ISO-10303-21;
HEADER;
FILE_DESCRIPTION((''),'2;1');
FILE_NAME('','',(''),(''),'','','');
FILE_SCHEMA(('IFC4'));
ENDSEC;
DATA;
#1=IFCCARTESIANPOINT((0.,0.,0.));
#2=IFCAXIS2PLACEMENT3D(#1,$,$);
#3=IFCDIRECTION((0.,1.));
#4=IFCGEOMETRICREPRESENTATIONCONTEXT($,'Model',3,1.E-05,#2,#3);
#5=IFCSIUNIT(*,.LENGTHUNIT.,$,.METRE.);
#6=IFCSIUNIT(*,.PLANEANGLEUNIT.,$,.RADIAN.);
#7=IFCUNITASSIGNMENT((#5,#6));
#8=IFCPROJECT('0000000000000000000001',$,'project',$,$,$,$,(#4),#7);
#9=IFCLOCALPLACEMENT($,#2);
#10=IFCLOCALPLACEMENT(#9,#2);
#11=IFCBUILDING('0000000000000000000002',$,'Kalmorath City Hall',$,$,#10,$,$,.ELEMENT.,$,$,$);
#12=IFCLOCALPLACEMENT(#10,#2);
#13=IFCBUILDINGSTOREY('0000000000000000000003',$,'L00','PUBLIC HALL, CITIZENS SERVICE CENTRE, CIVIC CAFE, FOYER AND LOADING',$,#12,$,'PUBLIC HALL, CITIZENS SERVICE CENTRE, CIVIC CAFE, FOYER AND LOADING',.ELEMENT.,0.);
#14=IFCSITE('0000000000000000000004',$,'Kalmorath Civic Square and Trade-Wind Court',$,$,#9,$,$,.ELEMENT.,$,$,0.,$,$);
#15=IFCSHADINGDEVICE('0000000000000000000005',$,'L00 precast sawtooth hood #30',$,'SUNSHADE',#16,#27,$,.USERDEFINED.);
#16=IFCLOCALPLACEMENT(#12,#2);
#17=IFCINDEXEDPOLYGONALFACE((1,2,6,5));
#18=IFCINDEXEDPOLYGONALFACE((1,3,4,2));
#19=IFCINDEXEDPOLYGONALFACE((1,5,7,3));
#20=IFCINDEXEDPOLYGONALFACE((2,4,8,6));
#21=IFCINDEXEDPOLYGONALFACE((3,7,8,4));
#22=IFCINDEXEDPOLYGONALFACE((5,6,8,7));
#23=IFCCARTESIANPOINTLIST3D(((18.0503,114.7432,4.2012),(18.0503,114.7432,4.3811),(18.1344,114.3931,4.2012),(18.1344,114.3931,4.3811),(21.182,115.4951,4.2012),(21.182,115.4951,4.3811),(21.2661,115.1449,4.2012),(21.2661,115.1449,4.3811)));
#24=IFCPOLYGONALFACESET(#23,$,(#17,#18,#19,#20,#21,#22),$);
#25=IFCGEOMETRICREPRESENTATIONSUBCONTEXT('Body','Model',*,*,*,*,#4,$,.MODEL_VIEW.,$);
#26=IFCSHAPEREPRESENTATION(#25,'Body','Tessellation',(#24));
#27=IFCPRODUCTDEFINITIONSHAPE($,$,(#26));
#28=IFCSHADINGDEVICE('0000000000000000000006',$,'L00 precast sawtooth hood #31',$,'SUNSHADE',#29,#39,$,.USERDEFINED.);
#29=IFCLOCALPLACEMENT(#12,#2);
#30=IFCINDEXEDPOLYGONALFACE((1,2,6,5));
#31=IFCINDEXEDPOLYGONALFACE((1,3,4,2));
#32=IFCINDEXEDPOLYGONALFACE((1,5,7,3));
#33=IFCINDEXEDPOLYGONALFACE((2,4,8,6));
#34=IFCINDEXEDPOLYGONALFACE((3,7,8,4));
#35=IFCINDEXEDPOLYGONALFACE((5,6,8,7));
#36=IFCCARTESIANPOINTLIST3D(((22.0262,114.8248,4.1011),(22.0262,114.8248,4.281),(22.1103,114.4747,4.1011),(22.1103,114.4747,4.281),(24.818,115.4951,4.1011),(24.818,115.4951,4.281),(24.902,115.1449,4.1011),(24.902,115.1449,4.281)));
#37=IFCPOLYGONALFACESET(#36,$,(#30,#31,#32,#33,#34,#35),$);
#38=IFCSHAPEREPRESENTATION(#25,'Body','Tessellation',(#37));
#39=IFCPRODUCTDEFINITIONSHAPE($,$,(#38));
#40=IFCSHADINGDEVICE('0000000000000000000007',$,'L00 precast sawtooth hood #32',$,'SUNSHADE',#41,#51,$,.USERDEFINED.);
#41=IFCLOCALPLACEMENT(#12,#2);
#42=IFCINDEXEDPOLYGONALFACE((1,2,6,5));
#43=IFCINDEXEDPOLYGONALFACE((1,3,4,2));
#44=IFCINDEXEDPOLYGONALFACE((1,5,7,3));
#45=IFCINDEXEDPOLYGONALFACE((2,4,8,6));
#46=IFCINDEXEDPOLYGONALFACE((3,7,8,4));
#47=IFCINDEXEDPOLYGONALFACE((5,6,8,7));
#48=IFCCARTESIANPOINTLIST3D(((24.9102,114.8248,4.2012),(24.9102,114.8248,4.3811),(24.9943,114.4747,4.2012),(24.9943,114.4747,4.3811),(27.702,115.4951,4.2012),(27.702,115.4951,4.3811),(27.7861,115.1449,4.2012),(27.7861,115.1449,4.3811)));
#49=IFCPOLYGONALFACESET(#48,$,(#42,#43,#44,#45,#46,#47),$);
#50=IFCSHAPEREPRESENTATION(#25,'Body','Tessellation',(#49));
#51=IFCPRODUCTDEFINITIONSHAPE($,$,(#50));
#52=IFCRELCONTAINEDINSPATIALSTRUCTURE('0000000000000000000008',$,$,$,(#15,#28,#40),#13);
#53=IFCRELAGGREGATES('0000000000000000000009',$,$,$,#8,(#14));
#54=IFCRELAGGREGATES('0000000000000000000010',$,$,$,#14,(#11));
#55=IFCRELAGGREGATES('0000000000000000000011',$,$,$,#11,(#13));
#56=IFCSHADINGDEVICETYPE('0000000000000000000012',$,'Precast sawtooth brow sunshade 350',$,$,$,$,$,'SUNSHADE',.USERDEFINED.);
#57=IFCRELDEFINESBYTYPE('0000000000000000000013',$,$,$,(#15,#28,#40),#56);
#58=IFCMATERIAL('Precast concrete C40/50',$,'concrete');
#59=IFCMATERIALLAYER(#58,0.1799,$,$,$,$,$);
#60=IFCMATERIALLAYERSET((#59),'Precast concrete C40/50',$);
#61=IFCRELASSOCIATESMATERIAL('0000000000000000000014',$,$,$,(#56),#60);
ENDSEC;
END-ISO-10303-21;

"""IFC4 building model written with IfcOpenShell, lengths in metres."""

from ifc_helpers import new_model, si_unit, direction, frame, origin, origin_2d, place, context, subcontext, project, spatial, rectangle, extrude, material, layer, layer_set, type_object, element, save


model = new_model("IFC4")

# Units and contexts
model_context = context("Model", 3, precision=1e-05, world=origin(), true_north=direction((0.0, 1.0)))
body_context = subcontext(model_context, "Body", "Model", "MODEL_VIEW")
ifc_project = project(units=[si_unit("LENGTHUNIT", "METRE"), si_unit("PLANEANGLEUNIT", "RADIAN")], contexts=[model_context])

# Site, building, storey
site_placement = place(None, origin())
site = spatial("IfcSite", under=ifc_project, at=site_placement, Name="Kalmorath Civic Square and Trade-Wind Court", CompositionType="ELEMENT", RefElevation=0.0)
building_placement = place(site_placement, origin())
building = spatial("IfcBuilding", under=site, at=building_placement, Name="Kalmorath City Hall", CompositionType="ELEMENT")
storey_placement = place(building_placement, origin())
storey = spatial("IfcBuildingStorey", under=building, at=storey_placement, Name="L00", Description="PUBLIC HALL, CITIZENS SERVICE CENTRE, CIVIC CAFE, FOYER AND LOADING", LongName="PUBLIC HALL, CITIZENS SERVICE CENTRE, CIVIC CAFE, FOYER AND LOADING", CompositionType="ELEMENT", Elevation=0.0)

# Shading devices
ifc_material_1 = material(Name="Precast concrete C40/50", Category="concrete")
ifc_layer_1 = layer(ifc_material_1, 0.1799)
ifc_layer_set_1 = layer_set([ifc_layer_1], Name="Precast concrete C40/50")
shading_device_type = type_object("IfcShadingDeviceType", Name="Precast sawtooth brow sunshade 350", ElementType="SUNSHADE", PredefinedType="USERDEFINED", material=ifc_layer_set_1)
for number, where, z_axis, x_axis, name in (
    (1, (19.6582, 114.9441, 4.2012), (0.0, 0.0, 1.0), (0.97237, 0.233445, 0.0), "L00 precast sawtooth hood #30"),
):
    element("IfcShadingDevice", number, at=place(storey_placement, frame(where, z_axis=z_axis, x_axis=x_axis)), inside=storey, type_object=shading_device_type, Name=name, ObjectType="SUNSHADE", PredefinedType="USERDEFINED", context=body_context, shape_type="SweptSolid", body=[
        extrude(rectangle(XDim=3.2207, YDim=0.3601, at=origin_2d()), origin(), (0.0, 0.0, 1.0), 0.1799),
    ])
for number, where, z_axis, x_axis, name in (
    (2, (23.4641, 114.9849, 4.1011), (0.0, 0.0, 1.0), (0.97237, 0.233445, 0.0), "L00 precast sawtooth hood #31"),
    (3, (26.3481, 114.9849, 4.2012), (0.0, 0.0, 1.0), (0.97237, 0.233445, 0.0), "L00 precast sawtooth hood #32"),
):
    element("IfcShadingDevice", number, at=place(storey_placement, frame(where, z_axis=z_axis, x_axis=x_axis)), inside=storey, type_object=shading_device_type, Name=name, ObjectType="SUNSHADE", PredefinedType="USERDEFINED", context=body_context, shape_type="SweptSolid", body=[
        extrude(rectangle(XDim=2.8711, YDim=0.3601, at=origin_2d()), origin(), (0.0, 0.0, 1.0), 0.1799),
    ])

save(model, "model.ifc")
